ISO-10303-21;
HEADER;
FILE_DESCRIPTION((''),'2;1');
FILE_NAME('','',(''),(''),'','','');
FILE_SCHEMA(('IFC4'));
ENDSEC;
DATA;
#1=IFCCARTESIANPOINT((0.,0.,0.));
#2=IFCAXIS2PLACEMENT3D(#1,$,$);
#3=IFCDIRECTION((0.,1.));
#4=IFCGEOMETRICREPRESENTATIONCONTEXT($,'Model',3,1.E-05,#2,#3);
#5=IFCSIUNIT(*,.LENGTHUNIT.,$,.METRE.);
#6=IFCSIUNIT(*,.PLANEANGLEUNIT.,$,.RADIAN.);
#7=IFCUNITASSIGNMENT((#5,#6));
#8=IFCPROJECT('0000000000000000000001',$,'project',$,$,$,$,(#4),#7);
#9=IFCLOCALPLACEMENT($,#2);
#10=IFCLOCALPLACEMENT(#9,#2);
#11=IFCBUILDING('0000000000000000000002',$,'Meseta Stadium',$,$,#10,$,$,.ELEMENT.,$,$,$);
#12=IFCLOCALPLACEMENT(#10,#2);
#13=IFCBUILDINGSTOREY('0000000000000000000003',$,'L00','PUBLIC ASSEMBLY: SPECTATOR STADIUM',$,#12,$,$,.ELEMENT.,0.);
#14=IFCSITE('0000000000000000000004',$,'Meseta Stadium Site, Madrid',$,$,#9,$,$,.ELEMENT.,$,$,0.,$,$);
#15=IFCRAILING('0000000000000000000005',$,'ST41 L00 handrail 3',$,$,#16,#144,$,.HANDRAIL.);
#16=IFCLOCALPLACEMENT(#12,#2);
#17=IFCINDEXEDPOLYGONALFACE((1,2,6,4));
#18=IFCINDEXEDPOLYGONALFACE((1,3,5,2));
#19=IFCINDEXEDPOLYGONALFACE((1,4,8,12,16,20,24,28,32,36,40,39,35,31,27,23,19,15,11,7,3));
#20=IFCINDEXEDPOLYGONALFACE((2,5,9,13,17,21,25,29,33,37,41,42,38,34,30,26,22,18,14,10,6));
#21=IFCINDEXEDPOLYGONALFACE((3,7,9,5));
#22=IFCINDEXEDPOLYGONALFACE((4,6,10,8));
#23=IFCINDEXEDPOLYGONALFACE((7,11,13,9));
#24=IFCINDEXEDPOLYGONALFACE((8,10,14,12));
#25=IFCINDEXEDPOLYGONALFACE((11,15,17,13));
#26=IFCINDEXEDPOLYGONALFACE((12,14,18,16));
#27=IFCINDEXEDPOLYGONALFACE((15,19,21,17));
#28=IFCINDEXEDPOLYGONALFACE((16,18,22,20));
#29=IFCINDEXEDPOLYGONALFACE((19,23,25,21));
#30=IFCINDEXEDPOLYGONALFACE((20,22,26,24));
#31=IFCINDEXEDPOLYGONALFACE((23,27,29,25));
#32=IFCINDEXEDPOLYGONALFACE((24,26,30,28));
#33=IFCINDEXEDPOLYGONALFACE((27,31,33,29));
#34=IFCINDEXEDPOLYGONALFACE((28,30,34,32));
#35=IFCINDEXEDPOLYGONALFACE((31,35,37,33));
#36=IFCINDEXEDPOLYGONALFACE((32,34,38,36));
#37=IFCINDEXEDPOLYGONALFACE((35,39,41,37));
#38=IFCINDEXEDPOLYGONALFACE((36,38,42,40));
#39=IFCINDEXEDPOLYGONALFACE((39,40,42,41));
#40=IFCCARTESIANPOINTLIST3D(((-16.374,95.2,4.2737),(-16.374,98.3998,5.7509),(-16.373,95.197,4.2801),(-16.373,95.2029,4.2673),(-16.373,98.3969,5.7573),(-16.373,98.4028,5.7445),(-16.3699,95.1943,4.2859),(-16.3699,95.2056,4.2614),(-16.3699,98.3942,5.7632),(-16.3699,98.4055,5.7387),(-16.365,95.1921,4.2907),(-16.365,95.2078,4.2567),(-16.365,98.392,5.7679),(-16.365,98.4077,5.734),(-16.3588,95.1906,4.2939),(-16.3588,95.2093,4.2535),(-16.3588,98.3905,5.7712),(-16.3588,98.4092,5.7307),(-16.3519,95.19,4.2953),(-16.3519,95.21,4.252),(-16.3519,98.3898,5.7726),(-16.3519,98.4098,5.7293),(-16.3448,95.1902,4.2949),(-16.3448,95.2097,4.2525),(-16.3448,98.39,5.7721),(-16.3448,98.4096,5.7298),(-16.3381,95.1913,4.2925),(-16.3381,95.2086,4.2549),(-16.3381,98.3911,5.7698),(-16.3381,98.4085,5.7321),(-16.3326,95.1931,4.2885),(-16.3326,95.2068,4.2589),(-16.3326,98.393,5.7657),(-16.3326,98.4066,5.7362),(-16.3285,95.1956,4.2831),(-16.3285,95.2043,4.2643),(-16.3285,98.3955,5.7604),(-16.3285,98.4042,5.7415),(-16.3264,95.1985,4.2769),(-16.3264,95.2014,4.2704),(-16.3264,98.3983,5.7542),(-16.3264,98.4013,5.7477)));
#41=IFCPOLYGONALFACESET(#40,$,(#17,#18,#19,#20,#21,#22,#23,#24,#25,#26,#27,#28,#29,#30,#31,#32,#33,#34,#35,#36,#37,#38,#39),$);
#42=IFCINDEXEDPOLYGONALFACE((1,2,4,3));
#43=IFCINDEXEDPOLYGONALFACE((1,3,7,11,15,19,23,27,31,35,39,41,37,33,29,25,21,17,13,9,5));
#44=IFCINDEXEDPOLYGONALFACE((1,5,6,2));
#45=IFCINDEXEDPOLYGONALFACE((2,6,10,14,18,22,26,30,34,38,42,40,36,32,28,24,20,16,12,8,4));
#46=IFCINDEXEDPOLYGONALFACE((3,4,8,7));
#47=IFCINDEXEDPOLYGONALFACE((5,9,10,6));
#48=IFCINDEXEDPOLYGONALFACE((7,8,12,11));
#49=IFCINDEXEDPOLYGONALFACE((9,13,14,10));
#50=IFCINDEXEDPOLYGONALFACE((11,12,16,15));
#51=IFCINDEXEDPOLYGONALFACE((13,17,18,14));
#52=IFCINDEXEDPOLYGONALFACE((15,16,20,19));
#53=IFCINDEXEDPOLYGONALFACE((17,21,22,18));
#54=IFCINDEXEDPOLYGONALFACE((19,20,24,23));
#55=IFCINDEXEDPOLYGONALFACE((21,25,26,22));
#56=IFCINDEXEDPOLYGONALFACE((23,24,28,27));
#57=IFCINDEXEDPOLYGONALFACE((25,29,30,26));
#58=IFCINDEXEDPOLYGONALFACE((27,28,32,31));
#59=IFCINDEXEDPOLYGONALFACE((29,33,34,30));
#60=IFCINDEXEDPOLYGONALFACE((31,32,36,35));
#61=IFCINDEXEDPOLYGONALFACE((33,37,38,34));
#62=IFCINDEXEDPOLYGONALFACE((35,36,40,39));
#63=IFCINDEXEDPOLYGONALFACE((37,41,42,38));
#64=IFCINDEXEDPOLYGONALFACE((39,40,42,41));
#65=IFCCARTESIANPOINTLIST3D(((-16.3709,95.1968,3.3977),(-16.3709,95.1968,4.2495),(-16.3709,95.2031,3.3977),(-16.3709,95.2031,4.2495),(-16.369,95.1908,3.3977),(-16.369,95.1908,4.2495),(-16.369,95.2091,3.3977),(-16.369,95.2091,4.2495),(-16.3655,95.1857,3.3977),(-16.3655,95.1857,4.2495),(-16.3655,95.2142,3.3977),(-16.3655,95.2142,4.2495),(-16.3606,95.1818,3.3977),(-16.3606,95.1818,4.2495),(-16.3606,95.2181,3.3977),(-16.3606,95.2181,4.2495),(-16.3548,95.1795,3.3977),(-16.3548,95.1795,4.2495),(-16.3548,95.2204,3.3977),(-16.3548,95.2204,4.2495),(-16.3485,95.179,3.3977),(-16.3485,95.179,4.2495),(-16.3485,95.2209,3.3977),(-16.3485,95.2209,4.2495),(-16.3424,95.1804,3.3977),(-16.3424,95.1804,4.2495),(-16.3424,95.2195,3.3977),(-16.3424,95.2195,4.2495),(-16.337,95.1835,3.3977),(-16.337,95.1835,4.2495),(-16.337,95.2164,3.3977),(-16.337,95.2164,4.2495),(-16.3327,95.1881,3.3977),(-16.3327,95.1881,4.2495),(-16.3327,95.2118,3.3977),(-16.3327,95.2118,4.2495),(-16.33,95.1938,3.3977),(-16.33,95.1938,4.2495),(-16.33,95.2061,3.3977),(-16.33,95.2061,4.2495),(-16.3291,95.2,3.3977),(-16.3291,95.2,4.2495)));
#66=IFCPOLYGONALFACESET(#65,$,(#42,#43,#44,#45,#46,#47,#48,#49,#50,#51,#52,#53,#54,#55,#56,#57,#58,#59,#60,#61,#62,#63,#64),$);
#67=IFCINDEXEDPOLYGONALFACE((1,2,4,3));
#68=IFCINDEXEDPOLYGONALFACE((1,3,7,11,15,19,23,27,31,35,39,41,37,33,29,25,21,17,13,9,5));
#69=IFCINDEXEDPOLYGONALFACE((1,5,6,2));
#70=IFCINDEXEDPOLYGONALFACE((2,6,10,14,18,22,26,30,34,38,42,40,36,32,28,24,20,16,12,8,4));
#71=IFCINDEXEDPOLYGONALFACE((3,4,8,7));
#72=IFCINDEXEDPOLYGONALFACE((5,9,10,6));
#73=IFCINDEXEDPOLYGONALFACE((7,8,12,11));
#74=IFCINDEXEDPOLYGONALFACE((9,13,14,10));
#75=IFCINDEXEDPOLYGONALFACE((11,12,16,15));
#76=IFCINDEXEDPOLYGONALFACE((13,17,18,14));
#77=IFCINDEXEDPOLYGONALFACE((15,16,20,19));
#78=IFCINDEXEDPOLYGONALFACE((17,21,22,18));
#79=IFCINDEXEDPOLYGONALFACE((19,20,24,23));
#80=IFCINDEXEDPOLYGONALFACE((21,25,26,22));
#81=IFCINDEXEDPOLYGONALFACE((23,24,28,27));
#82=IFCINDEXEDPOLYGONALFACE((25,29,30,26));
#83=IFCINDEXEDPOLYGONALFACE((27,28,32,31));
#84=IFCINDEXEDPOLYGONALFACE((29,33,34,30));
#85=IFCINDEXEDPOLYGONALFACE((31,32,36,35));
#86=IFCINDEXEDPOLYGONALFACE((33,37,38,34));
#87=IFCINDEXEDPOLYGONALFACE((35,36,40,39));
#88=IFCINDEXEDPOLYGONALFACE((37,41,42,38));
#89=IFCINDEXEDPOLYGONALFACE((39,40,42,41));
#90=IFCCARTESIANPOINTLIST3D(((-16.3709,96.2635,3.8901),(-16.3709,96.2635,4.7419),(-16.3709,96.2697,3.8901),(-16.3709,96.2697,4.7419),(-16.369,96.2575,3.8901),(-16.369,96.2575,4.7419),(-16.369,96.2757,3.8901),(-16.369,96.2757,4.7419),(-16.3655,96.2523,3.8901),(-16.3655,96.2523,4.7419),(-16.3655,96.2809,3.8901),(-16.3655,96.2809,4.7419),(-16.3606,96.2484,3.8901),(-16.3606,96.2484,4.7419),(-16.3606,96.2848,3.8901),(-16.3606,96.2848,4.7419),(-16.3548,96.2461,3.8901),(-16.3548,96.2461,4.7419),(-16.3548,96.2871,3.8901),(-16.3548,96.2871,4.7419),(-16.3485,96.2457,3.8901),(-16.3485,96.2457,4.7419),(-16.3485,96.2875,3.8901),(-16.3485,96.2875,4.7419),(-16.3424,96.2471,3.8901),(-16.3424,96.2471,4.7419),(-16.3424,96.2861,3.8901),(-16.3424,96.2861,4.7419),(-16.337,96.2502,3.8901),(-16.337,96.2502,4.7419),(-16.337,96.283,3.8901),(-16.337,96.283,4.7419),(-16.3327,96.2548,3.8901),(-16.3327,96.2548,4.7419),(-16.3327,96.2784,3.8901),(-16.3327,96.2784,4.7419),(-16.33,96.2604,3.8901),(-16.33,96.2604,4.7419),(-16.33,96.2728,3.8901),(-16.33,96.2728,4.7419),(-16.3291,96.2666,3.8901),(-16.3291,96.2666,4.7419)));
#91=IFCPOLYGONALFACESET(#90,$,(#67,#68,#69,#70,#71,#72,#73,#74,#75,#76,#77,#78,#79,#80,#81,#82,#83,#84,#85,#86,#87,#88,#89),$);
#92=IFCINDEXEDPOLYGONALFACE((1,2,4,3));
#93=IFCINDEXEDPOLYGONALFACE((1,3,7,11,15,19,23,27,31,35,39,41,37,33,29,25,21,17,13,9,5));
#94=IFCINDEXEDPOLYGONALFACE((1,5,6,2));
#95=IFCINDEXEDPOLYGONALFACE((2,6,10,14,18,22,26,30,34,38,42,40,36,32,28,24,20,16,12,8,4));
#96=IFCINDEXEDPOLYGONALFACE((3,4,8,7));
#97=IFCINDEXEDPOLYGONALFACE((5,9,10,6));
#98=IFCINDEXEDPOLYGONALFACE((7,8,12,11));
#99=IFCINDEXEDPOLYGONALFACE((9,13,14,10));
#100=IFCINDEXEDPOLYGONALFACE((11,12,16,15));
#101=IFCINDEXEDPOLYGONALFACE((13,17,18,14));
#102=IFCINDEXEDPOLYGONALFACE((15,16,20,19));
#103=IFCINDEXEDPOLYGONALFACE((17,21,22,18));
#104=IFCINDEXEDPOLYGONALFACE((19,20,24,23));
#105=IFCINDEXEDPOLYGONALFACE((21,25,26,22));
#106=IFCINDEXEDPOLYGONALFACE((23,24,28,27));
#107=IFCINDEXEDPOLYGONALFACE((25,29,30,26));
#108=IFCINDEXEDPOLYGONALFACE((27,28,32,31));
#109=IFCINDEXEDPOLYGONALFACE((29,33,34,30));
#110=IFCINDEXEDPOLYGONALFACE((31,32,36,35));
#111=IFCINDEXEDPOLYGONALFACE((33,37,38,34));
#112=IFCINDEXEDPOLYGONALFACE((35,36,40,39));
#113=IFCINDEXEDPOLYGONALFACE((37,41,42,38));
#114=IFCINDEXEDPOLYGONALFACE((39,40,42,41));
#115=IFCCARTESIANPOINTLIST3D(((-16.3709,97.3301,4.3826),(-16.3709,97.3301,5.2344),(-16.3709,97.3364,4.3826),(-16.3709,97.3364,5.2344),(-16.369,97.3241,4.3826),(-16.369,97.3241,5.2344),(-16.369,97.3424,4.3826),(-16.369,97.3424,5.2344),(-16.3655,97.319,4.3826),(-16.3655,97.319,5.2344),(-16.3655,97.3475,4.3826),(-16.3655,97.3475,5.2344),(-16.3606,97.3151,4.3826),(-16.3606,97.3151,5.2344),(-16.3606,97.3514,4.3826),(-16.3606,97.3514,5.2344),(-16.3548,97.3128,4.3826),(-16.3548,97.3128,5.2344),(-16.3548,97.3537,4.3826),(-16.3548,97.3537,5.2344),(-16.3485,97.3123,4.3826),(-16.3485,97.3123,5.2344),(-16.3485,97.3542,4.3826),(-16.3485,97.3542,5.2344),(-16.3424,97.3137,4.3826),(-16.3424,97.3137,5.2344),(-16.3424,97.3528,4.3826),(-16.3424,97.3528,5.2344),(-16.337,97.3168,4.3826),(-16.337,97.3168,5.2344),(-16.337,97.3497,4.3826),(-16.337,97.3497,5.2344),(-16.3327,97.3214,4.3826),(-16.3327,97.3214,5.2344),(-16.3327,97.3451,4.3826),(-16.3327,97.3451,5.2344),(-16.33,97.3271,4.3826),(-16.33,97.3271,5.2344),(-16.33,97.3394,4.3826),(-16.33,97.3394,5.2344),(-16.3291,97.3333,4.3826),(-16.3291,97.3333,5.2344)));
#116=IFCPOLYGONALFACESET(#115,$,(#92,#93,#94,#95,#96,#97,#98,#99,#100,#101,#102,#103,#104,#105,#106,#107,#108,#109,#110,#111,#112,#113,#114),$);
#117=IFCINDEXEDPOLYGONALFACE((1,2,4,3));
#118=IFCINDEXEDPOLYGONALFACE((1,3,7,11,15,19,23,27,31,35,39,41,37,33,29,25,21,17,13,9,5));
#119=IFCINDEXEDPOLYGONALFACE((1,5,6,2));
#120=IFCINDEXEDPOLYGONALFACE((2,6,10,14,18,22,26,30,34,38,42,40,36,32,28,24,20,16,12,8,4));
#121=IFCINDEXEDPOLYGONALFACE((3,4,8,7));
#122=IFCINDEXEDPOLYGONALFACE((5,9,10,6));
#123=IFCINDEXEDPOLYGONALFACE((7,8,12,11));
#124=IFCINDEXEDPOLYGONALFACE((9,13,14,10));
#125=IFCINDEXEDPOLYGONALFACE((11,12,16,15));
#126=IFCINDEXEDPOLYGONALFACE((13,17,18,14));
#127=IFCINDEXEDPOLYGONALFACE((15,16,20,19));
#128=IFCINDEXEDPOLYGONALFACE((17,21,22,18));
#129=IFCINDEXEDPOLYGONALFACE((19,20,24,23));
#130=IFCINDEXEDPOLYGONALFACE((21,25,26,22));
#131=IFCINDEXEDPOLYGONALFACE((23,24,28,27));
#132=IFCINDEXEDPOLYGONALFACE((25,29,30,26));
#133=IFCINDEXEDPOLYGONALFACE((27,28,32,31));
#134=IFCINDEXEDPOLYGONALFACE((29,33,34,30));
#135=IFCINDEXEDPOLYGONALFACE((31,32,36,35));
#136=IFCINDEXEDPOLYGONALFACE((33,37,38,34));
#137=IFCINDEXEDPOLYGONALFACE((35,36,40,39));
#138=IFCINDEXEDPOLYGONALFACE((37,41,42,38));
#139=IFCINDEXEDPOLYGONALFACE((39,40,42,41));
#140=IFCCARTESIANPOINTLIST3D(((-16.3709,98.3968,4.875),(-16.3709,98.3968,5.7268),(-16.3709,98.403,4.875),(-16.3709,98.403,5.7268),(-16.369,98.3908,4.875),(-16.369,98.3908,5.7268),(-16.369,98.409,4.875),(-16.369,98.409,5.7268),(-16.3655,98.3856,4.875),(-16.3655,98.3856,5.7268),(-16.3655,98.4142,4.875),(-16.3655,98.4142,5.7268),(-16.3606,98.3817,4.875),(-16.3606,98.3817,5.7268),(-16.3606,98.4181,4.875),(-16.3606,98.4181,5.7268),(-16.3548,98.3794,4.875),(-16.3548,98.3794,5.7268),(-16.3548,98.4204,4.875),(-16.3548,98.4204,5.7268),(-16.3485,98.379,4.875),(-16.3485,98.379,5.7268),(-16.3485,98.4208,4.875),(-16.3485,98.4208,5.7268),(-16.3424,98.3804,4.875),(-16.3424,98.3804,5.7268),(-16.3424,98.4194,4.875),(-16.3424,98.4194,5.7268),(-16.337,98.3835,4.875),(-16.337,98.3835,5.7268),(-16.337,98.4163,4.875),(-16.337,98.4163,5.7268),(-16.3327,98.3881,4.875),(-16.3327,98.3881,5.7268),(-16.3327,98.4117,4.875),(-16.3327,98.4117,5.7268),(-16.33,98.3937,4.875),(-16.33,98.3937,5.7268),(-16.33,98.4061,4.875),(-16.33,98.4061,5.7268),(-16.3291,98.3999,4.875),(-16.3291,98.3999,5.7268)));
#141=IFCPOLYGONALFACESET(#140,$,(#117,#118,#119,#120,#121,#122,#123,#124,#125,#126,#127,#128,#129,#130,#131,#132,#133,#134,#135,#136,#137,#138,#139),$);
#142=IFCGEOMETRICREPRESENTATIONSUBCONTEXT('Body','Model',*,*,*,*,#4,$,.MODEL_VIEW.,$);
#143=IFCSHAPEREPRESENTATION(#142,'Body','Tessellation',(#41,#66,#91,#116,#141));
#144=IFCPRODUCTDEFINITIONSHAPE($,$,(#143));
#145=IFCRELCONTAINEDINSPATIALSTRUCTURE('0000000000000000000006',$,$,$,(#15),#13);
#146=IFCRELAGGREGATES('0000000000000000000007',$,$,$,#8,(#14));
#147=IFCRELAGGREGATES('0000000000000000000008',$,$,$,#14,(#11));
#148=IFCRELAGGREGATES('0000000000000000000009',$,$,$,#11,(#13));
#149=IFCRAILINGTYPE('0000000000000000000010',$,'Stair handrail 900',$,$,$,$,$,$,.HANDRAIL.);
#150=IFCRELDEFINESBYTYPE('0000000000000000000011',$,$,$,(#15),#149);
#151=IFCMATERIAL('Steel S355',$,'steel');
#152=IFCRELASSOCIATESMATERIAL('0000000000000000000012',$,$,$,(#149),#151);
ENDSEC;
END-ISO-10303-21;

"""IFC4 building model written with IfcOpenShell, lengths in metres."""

from ifc_helpers import new_model, si_unit, direction, frame, origin, origin_2d, place, context, subcontext, project, spatial, circle, extrude, material, type_object, element, save


model = new_model("IFC4")

# Units and contexts
model_context = context("Model", 3, precision=1e-05, world=origin(), true_north=direction((0.0, 1.0)))
body_context = subcontext(model_context, "Body", "Model", "MODEL_VIEW")
ifc_project = project(units=[si_unit("LENGTHUNIT", "METRE"), si_unit("PLANEANGLEUNIT", "RADIAN")], contexts=[model_context])

# Site, building, storey
site_placement = place(None, origin())
site = spatial("IfcSite", under=ifc_project, at=site_placement, Name="Meseta Stadium Site, Madrid", CompositionType="ELEMENT", RefElevation=0.0)
building_placement = place(site_placement, origin())
building = spatial("IfcBuilding", under=site, at=building_placement, Name="Meseta Stadium", CompositionType="ELEMENT")
storey_placement = place(building_placement, origin())
storey = spatial("IfcBuildingStorey", under=building, at=storey_placement, Name="L00", Description="PUBLIC ASSEMBLY: SPECTATOR STADIUM", CompositionType="ELEMENT", Elevation=0.0)

# Railing
ifc_material_1 = material(Name="Steel S355", Category="steel")
railing_type_1 = type_object("IfcRailingType", Name="Stair handrail 900", PredefinedType="HANDRAIL", material=ifc_material_1)
for number, where, name in (
    (1, (-16.3501, 95.2, 3.3977), "ST41 L00 handrail 3"),
):
    element("IfcRailing", number, at=place(storey_placement, frame(where)), inside=storey, type_object=railing_type_1, Name=name, PredefinedType="HANDRAIL", context=body_context, shape_type="SweptSolid", body=[
        extrude(circle(Radius=0.0239, at=origin_2d()), frame((0.0, 0.0, 0.876), z_axis=(0.0, 0.907917, 0.41915), x_axis=(-1.0, 0.0, 0.0)), (0.0, 0.0, 1.0), 3.5244),
        extrude(circle(Radius=0.021, at=origin_2d()), origin(), (0.0, 0.0, 1.0), 0.8518),
        extrude(circle(Radius=0.021, at=origin_2d()), frame((0.0, 1.0667, 0.4924)), (0.0, 0.0, 1.0), 0.8518),
        extrude(circle(Radius=0.021, at=origin_2d()), frame((0.0, 2.1333, 0.9849)), (0.0, 0.0, 1.0), 0.8518),
        extrude(circle(Radius=0.021, at=origin_2d()), frame((0.0, 3.2, 1.4773)), (0.0, 0.0, 1.0), 0.8518),
    ])

save(model, "model.ifc")
